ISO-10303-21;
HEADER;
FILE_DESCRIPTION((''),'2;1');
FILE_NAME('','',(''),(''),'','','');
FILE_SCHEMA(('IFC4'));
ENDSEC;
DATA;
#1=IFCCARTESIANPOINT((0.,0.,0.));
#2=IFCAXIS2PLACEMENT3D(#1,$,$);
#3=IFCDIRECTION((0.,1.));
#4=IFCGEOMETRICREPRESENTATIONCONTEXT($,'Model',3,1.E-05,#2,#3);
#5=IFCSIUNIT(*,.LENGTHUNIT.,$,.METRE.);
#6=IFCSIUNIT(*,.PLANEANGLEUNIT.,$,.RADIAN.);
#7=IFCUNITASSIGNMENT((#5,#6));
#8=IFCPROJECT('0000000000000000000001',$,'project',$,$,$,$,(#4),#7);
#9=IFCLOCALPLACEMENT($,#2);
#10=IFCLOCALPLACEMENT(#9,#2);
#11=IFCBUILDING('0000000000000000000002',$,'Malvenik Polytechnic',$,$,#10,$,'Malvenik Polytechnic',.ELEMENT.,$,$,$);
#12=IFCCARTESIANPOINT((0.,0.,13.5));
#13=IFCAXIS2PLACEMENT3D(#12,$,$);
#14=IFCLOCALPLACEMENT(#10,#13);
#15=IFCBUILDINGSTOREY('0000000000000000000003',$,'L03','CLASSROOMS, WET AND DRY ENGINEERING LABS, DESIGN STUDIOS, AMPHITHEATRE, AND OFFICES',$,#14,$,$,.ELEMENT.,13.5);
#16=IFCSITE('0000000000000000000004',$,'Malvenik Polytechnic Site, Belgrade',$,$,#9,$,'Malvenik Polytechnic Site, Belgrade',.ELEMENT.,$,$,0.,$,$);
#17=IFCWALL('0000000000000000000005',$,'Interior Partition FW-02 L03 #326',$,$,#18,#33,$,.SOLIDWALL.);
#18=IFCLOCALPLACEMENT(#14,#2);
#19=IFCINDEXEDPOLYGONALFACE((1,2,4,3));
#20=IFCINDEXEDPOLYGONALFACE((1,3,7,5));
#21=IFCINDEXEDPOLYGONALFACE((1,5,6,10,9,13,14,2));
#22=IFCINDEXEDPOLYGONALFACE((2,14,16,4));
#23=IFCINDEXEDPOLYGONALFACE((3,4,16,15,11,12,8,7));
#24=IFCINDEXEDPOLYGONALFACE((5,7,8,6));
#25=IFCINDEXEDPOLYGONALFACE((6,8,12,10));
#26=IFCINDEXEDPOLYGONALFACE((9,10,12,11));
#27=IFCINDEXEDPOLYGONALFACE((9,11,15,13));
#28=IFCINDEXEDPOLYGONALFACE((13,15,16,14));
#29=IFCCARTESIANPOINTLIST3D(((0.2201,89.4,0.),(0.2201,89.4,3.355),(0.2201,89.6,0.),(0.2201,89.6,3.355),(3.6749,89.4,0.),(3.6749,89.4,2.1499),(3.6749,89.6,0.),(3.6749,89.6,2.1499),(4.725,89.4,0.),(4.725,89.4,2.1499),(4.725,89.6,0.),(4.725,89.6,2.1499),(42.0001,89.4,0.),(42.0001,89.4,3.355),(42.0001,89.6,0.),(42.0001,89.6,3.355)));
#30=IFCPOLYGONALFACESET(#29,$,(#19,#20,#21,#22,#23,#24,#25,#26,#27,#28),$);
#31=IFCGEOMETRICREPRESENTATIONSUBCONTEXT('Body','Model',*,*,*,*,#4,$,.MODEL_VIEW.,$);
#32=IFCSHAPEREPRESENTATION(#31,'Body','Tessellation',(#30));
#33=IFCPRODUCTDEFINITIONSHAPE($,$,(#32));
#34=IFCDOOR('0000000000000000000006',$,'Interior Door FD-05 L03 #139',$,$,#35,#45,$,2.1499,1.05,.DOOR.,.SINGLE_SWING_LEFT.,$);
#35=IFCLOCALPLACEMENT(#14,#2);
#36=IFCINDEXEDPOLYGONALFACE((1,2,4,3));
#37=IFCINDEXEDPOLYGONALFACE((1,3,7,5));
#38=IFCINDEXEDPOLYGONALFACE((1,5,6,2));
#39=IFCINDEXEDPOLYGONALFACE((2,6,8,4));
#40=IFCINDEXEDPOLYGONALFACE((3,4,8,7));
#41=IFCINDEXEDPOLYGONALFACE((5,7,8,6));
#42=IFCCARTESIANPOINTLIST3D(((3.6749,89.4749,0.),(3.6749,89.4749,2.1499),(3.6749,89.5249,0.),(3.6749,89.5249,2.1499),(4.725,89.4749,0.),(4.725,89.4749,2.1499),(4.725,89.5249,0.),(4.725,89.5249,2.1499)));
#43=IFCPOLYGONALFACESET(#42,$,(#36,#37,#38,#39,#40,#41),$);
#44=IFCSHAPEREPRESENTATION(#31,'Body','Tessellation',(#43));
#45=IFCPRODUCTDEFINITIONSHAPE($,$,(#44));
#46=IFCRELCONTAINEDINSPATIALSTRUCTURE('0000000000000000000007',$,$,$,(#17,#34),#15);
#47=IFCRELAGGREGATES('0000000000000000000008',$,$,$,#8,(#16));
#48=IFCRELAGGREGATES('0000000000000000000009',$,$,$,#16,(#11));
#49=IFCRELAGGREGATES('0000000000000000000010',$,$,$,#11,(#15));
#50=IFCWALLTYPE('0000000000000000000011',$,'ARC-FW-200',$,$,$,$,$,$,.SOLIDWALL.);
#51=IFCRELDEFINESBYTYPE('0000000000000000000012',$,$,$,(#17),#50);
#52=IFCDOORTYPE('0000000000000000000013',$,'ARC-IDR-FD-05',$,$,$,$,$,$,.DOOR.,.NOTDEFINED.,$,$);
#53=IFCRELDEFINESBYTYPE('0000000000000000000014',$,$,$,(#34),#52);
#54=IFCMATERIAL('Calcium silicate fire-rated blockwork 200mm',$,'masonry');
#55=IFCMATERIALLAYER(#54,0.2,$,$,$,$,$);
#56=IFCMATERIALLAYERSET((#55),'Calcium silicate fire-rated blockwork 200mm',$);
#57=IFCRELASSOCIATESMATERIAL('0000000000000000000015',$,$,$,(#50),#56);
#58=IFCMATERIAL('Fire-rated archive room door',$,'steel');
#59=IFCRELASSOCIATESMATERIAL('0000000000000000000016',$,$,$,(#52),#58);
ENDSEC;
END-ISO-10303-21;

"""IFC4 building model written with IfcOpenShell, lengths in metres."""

from ifc_helpers import new_model, si_unit, direction, frame, frame_2d, origin, place, context, subcontext, project, spatial, rectangle, extrude, material, layer, layer_set, type_object, element, fill, save


model = new_model("IFC4")

# Units and contexts
model_context = context("Model", 3, precision=1e-05, world=origin(), true_north=direction((0.0, 1.0)))
body_context = subcontext(model_context, "Body", "Model", "MODEL_VIEW")
ifc_project = project(units=[si_unit("LENGTHUNIT", "METRE"), si_unit("PLANEANGLEUNIT", "RADIAN")], contexts=[model_context])

# Site, building, storey
site_placement = place(None, origin())
site = spatial("IfcSite", under=ifc_project, at=site_placement, Name="Malvenik Polytechnic Site, Belgrade", LongName="Malvenik Polytechnic Site, Belgrade", CompositionType="ELEMENT", RefElevation=0.0)
building_placement = place(site_placement, origin())
building = spatial("IfcBuilding", under=site, at=building_placement, Name="Malvenik Polytechnic", LongName="Malvenik Polytechnic", CompositionType="ELEMENT")
storey_placement = place(building_placement, frame((0.0, 0.0, 13.5)))
storey = spatial("IfcBuildingStorey", under=building, at=storey_placement, Name="L03", Description="CLASSROOMS, WET AND DRY ENGINEERING LABS, DESIGN STUDIOS, AMPHITHEATRE, AND OFFICES", CompositionType="ELEMENT", Elevation=13.5)

# Wall, opening, door
ifc_material_1 = material(Name="Calcium silicate fire-rated blockwork 200mm", Category="masonry")
ifc_layer_1 = layer(ifc_material_1, 0.2)
ifc_layer_set_1 = layer_set([ifc_layer_1], Name="Calcium silicate fire-rated blockwork 200mm")
wall_type_1 = type_object("IfcWallType", Name="ARC-FW-200", PredefinedType="SOLIDWALL", material=ifc_layer_set_1)
wall_1_placement = place(storey_placement, frame((0.22, 89.5, 0.0), z_axis=(0.0, 0.0, 1.0), x_axis=(1.0, 0.0, 0.0)))
wall_1 = element("IfcWall", 1, at=wall_1_placement, inside=storey, type_object=wall_type_1, Name="Interior Partition FW-02 L03 #326", PredefinedType="SOLIDWALL", context=body_context, shape_type="SweptSolid", body=[
    extrude(rectangle(XDim=41.78, YDim=0.2, at=frame_2d((20.8901, 0.0))), origin(), (0.0, 0.0, 1.0), 3.355),
])
opening_1_placement = place(wall_1_placement, frame((3.4551, 0.0, 0.0)))
opening_1 = element("IfcOpeningElement", 2, at=opening_1_placement, cuts=wall_1, PredefinedType="OPENING", context=body_context, shape_type="SweptSolid", body=[
    extrude(rectangle(XDim=1.05, YDim=2.1499, at=frame_2d((0.5249, 1.075))), frame((0.0, 0.1099, 0.0), z_axis=(0.0, -1.0, 0.0), x_axis=(1.0, 0.0, 0.0)), (0.0, 0.0, 1.0), 0.22),
])
ifc_material_2 = material(Name="Fire-rated archive room door", Category="steel")
door_type = type_object("IfcDoorType", Name="ARC-IDR-FD-05", OperationType="NOTDEFINED", PredefinedType="DOOR", material=ifc_material_2)
door_placement = place(opening_1_placement, origin())
door = element("IfcDoor", 3, at=door_placement, inside=storey, type_object=door_type, Name="Interior Door FD-05 L03 #139", OperationType="SINGLE_SWING_LEFT", OverallHeight=2.1499, OverallWidth=1.05, PredefinedType="DOOR", context=body_context, shape_type="SweptSolid", body=[
    extrude(rectangle(XDim=1.05, YDim=2.1499, at=frame_2d((0.5249, 1.075))), frame((0.0, 0.0249, 0.0), z_axis=(0.0, -1.0, 0.0), x_axis=(1.0, 0.0, 0.0)), (0.0, 0.0, 1.0), 0.05),
])
fill(opening_1, door)

save(model, "model.ifc")
